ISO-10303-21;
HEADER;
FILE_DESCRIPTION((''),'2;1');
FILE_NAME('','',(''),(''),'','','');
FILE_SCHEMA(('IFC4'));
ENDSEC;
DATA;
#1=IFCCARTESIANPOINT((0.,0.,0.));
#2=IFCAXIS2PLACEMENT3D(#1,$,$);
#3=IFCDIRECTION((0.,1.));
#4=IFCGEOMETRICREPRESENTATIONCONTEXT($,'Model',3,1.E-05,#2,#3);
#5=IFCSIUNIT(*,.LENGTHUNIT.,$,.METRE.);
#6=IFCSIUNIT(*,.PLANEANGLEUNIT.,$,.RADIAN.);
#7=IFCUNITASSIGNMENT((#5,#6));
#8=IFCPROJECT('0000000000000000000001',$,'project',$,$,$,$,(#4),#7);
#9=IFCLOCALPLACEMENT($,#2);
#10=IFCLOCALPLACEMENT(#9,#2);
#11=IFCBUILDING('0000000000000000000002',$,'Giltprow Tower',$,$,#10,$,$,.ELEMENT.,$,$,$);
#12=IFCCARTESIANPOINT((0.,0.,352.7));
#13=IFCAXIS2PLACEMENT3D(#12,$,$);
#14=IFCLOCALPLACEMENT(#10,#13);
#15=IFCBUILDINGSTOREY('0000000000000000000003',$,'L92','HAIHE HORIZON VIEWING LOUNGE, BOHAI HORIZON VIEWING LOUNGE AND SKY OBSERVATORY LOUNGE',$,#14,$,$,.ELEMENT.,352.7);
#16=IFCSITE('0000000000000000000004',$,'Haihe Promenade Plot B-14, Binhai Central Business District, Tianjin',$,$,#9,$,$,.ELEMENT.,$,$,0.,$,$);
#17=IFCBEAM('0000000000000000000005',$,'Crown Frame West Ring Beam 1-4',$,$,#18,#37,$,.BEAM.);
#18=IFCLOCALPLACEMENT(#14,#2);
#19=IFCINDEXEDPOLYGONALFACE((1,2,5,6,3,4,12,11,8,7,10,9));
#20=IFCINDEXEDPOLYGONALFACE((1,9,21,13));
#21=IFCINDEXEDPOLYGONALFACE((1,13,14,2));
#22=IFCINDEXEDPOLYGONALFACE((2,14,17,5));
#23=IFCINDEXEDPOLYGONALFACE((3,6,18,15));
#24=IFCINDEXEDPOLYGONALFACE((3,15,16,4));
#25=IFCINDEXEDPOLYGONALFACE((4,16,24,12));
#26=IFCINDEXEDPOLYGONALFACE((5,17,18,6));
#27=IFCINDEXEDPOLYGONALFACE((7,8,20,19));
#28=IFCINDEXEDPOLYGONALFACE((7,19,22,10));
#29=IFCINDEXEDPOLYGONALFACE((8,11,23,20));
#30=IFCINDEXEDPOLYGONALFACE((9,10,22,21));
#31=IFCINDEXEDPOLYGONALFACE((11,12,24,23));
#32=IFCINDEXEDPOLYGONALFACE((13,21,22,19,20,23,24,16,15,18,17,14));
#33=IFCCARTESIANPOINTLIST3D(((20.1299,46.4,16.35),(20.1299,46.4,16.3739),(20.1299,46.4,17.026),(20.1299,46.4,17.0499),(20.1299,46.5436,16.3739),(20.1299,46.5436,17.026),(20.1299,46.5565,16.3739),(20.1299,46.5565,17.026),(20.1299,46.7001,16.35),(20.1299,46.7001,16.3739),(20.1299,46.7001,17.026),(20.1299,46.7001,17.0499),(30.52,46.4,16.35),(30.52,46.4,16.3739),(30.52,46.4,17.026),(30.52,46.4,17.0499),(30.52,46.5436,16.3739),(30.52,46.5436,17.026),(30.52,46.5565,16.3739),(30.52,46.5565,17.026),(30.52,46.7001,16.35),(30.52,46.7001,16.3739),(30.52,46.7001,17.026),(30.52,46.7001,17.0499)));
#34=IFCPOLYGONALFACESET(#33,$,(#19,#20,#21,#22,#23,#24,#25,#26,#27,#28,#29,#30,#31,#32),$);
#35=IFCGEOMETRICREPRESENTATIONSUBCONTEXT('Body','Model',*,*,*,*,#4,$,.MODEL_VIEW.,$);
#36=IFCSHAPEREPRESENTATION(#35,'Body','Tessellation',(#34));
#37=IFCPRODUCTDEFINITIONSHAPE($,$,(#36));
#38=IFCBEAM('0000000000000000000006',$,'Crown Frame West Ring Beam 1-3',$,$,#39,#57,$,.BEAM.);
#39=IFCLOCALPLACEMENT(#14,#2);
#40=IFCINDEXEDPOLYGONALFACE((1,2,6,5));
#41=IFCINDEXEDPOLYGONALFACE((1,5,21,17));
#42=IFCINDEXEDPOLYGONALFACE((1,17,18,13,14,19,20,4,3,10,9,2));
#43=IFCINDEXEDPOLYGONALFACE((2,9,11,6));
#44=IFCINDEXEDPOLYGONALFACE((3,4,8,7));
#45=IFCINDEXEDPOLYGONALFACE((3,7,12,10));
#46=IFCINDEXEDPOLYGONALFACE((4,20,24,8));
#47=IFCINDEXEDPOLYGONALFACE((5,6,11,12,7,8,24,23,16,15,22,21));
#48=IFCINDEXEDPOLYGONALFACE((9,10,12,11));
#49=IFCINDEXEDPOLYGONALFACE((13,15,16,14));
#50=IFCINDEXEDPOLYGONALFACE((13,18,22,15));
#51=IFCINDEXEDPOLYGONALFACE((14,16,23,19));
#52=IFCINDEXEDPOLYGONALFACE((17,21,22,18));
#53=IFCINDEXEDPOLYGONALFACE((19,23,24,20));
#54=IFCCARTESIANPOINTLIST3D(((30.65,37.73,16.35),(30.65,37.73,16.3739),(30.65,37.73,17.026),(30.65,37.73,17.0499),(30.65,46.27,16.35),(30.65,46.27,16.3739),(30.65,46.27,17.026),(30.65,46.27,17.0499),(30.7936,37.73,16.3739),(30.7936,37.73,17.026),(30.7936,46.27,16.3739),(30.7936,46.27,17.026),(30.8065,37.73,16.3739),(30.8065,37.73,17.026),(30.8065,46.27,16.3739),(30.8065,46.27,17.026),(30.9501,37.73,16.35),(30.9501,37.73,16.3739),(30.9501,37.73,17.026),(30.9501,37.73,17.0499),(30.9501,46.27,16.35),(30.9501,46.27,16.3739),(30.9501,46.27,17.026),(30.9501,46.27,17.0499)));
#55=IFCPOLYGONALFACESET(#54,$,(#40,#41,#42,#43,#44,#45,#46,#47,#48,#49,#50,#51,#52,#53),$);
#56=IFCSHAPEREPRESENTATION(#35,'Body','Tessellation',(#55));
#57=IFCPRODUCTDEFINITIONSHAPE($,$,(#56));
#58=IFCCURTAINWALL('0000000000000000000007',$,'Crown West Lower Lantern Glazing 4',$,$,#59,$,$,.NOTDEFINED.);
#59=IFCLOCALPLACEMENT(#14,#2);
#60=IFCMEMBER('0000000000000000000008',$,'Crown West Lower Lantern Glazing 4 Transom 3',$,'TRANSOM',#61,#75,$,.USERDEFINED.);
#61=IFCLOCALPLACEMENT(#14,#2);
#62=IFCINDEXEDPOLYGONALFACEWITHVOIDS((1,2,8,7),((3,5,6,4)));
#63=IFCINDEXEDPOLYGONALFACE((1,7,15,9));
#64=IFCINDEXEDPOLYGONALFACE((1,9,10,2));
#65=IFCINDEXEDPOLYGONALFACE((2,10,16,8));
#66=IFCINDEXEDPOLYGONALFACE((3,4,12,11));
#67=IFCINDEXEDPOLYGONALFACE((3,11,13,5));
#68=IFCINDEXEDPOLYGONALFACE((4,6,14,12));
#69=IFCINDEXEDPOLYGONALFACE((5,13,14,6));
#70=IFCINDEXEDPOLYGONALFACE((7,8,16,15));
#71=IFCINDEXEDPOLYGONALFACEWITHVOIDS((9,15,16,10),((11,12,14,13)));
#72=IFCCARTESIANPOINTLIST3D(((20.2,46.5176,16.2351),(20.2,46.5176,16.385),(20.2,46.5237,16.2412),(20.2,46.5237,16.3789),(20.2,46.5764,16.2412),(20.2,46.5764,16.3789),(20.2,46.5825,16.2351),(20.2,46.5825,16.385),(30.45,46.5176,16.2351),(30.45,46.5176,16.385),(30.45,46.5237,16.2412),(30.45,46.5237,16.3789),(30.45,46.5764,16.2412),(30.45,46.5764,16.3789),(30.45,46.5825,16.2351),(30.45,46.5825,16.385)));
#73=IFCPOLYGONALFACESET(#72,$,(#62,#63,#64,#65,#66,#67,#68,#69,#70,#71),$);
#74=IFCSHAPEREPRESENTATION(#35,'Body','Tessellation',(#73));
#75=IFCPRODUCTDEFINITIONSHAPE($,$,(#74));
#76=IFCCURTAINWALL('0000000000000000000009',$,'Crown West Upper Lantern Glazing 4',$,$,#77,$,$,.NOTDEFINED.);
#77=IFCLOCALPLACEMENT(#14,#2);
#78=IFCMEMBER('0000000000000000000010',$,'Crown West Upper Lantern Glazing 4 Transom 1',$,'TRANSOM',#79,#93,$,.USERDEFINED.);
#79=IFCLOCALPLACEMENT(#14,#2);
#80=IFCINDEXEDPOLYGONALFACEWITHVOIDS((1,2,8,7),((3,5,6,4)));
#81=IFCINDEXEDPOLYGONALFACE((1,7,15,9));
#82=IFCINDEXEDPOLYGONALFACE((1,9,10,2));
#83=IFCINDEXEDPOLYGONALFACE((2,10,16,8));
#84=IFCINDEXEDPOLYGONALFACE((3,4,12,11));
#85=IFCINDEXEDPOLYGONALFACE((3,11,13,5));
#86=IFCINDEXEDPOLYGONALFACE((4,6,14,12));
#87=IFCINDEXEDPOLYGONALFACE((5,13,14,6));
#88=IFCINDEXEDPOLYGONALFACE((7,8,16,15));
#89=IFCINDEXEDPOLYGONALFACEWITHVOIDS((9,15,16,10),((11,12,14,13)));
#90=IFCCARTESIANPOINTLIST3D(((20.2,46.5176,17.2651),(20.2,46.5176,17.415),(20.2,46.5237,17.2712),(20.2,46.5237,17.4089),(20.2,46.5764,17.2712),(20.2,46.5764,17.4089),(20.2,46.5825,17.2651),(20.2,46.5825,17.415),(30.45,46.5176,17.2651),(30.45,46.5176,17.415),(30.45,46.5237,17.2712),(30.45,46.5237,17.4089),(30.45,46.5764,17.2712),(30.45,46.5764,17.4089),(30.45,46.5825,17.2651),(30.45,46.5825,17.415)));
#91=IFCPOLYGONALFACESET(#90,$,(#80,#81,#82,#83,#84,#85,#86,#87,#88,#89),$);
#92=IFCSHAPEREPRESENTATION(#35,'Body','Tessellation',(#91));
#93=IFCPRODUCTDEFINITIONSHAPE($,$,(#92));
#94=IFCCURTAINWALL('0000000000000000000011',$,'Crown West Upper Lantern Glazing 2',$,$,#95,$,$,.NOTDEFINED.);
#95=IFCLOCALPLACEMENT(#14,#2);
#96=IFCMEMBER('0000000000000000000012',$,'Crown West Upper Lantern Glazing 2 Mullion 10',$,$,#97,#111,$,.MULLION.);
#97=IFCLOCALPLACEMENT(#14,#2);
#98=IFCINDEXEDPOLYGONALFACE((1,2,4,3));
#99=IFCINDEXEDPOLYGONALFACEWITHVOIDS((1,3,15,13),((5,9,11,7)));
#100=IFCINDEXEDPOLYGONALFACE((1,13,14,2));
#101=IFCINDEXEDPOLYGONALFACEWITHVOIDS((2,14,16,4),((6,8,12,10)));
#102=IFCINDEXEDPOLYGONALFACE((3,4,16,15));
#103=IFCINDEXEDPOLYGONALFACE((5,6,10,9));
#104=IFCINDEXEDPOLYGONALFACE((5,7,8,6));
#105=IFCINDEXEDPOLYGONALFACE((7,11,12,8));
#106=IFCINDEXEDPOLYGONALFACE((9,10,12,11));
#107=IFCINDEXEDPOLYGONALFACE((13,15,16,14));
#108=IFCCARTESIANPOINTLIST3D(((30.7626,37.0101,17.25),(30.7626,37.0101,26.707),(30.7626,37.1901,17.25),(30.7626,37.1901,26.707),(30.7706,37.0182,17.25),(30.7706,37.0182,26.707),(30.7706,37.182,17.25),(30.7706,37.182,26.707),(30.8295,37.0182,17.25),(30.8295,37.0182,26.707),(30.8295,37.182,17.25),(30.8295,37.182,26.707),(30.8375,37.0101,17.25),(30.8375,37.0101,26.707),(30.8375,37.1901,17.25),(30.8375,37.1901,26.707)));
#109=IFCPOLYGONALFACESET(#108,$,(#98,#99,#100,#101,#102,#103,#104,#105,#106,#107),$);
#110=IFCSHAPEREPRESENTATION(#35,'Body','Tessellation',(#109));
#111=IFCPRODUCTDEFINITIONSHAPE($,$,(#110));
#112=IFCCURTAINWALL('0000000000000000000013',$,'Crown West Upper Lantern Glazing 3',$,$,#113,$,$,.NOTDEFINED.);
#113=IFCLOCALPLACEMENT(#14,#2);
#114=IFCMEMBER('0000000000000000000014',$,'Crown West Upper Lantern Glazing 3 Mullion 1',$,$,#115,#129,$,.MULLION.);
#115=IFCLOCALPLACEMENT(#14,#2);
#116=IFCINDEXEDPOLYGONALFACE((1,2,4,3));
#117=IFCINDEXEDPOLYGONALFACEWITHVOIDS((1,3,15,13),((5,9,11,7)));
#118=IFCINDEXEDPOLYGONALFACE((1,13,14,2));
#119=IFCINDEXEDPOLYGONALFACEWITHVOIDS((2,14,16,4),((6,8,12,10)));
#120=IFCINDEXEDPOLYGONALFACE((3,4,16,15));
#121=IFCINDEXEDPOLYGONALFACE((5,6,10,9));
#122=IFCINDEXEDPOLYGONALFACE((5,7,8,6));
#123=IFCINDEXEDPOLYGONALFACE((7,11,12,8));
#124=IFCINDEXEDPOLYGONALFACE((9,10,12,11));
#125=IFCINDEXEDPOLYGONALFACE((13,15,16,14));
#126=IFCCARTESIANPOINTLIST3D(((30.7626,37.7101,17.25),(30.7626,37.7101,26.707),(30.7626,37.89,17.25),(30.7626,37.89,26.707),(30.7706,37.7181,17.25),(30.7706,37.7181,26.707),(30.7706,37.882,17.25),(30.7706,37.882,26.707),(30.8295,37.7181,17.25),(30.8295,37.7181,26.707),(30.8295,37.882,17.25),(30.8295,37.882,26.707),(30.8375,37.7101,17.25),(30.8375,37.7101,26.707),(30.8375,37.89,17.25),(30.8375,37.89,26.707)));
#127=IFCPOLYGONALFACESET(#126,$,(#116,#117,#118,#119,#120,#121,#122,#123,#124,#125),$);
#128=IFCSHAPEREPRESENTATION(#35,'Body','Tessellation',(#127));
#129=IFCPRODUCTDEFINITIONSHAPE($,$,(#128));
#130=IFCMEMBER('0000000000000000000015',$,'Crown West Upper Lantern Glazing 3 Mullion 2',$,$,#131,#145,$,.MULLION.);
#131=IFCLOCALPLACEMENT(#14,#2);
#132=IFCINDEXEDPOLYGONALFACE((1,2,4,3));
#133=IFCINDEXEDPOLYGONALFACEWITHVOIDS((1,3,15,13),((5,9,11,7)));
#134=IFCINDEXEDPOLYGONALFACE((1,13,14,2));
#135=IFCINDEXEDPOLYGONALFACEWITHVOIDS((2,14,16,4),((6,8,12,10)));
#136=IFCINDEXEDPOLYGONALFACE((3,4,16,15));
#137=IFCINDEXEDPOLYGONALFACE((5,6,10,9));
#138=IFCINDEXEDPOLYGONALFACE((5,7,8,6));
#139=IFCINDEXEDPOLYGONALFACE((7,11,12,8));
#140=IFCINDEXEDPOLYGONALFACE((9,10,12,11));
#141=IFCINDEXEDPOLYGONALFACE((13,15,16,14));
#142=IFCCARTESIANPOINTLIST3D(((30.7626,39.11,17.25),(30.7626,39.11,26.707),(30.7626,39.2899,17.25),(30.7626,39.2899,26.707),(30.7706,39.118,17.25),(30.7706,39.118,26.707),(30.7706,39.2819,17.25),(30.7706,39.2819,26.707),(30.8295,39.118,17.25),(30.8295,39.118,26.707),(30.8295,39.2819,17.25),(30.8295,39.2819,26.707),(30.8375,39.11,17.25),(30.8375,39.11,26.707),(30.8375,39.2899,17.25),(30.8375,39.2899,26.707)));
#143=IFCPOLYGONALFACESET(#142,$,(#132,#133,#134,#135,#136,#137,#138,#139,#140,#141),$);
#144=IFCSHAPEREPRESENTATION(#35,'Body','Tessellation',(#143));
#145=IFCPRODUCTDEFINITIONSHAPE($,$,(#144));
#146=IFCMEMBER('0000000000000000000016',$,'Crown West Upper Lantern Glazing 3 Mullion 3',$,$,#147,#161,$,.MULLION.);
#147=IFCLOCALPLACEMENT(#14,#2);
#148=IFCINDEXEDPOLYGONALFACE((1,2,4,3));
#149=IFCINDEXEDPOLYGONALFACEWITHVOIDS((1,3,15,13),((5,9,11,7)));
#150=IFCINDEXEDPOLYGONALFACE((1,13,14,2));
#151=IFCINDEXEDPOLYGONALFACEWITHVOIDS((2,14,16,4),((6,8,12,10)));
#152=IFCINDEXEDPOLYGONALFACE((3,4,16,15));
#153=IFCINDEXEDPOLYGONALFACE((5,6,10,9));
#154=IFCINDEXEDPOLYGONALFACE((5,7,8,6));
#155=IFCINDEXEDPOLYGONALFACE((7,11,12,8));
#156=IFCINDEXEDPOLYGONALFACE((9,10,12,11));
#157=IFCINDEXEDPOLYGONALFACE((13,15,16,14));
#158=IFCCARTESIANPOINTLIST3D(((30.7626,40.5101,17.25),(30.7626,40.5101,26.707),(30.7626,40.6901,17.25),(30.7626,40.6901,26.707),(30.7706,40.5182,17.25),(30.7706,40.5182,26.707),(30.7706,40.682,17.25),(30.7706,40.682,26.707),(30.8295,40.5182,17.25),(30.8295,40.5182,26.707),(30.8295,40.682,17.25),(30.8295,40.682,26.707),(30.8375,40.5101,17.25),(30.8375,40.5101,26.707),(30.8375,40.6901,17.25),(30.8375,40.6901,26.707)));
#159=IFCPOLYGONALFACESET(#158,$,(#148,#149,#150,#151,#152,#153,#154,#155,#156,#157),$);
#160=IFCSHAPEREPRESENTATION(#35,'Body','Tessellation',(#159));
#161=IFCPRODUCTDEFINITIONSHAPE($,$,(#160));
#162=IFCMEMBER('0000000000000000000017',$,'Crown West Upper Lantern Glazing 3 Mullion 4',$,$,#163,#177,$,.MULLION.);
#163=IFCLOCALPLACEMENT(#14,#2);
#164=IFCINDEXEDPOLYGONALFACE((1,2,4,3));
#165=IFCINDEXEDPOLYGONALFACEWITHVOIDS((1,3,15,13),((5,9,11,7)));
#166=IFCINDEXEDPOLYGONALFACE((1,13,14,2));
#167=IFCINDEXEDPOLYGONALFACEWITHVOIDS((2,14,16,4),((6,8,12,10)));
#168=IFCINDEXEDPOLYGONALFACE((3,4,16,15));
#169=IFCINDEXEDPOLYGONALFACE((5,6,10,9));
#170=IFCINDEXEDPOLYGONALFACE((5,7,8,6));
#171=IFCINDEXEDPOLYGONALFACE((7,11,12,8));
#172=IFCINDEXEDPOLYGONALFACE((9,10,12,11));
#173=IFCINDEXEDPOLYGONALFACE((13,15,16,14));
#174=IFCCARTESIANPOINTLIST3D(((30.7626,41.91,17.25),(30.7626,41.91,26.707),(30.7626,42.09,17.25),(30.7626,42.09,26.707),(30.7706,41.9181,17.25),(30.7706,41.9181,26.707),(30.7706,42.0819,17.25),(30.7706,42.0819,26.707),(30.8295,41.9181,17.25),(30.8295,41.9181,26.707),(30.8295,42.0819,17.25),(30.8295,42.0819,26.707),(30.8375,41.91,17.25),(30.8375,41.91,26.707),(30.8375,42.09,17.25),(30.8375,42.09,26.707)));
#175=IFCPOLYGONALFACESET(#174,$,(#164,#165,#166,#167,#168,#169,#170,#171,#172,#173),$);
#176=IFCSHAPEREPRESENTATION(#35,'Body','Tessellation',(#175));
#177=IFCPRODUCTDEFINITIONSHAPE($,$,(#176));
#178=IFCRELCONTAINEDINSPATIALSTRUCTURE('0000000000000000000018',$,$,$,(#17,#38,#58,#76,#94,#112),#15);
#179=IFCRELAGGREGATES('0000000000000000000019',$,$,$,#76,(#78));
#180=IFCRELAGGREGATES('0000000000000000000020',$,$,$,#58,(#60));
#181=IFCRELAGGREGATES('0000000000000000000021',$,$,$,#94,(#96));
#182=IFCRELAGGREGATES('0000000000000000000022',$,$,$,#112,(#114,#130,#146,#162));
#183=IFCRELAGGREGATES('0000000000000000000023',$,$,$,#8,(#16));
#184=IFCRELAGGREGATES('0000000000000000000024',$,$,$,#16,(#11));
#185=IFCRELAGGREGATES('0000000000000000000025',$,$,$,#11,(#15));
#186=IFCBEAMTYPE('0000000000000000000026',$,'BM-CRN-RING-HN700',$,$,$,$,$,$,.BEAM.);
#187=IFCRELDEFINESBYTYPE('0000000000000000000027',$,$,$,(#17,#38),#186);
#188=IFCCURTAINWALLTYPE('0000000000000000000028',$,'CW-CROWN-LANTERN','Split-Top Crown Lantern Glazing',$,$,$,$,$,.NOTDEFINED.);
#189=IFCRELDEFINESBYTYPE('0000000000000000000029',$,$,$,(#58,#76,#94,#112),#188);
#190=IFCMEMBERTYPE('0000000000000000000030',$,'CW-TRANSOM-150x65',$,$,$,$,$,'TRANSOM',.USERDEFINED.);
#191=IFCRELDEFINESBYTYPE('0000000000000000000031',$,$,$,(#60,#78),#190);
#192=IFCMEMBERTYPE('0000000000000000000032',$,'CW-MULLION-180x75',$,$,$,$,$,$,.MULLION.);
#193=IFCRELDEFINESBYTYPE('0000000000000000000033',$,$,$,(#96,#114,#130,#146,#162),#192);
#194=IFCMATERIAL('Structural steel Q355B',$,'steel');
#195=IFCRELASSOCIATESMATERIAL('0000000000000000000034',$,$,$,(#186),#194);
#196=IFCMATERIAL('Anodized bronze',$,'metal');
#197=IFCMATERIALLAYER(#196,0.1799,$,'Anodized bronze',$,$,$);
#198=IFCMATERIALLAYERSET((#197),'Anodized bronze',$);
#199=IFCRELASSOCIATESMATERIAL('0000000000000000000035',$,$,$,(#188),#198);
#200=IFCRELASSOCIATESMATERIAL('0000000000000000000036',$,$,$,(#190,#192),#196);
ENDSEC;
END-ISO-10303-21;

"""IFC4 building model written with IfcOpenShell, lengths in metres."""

from ifc_helpers import new_model, si_unit, direction, frame, origin, origin_2d, place, context, subcontext, project, spatial, hollow_rectangle, i_section, extrude, source, transform, mapped, material, layer, layer_set, material_profile, profile_set, type_object, element, aggregate, save


model = new_model("IFC4")

# Units and contexts
model_context = context("Model", 3, precision=1e-05, world=origin(), true_north=direction((0.0, 1.0)))
body_context = subcontext(model_context, "Body", "Model", "MODEL_VIEW")
ifc_project = project(units=[si_unit("LENGTHUNIT", "METRE"), si_unit("PLANEANGLEUNIT", "RADIAN")], contexts=[model_context])

# Site, building, storey
site_placement = place(None, origin())
site = spatial("IfcSite", under=ifc_project, at=site_placement, Name="Haihe Promenade Plot B-14, Binhai Central Business District, Tianjin", CompositionType="ELEMENT", RefElevation=0.0)
building_placement = place(site_placement, origin())
building = spatial("IfcBuilding", under=site, at=building_placement, Name="Giltprow Tower", CompositionType="ELEMENT")
storey_placement = place(building_placement, frame((0.0, 0.0, 352.7)))
storey = spatial("IfcBuildingStorey", under=building, at=storey_placement, Name="L92", Description="HAIHE HORIZON VIEWING LOUNGE, BOHAI HORIZON VIEWING LOUNGE AND SKY OBSERVATORY LOUNGE", CompositionType="ELEMENT", Elevation=352.7)

# Beams
ifc_material_1 = material(Name="Structural steel Q355B", Category="steel")
ifc_material_profile_1 = material_profile(ifc_material_1, i_section(OverallWidth=0.3, OverallDepth=0.7, WebThickness=0.0129, FlangeThickness=0.0239, at=origin_2d()), Name="HN 700x300x13x24")
ifc_profile_set_1 = profile_set([ifc_material_profile_1], Name="Structural steel Q355B")
beam_type = type_object("IfcBeamType", Name="BM-CRN-RING-HN700", PredefinedType="BEAM", material=ifc_profile_set_1)
shared_shape_1 = source(origin(), body_context, "Body", "SweptSolid", [
    extrude(i_section(OverallWidth=0.3, OverallDepth=0.7, WebThickness=0.0129, FlangeThickness=0.0239, at=origin_2d()), origin(), (0.0, 0.0, 1.0), 10.3901),
])
beam_1_placement = place(storey_placement, frame((30.52, 46.55, 16.7), z_axis=(-1.0, 0.0, 0.0), x_axis=(0.0, -1.0, 0.0)))
element("IfcBeam", 1, at=beam_1_placement, inside=storey, type_object=beam_type, Name="Crown Frame West Ring Beam 1-4", PredefinedType="BEAM", context=body_context, shape_type="MappedRepresentation", body=[
    mapped(shared_shape_1, transform((0.0, 0.0, 0.0), x_axis=(1.0, 0.0, 0.0), y_axis=(0.0, 1.0, 0.0), z_axis=(0.0, 0.0, 1.0), scale=1.0)),
])
shared_shape_2 = source(origin(), body_context, "Body", "SweptSolid", [
    extrude(i_section(OverallWidth=0.3, OverallDepth=0.7, WebThickness=0.0129, FlangeThickness=0.0239, at=origin_2d()), origin(), (0.0, 0.0, 1.0), 8.54),
])
beam_2_placement = place(storey_placement, frame((30.8, 37.73, 16.7), z_axis=(0.0, 1.0, 0.0), x_axis=(-1.0, 0.0, 0.0)))
element("IfcBeam", 2, at=beam_2_placement, inside=storey, type_object=beam_type, Name="Crown Frame West Ring Beam 1-3", PredefinedType="BEAM", context=body_context, shape_type="MappedRepresentation", body=[
    mapped(shared_shape_2, transform((0.0, 0.0, 0.0), x_axis=(1.0, 0.0, 0.0), y_axis=(0.0, 1.0, 0.0), z_axis=(0.0, 0.0, 1.0), scale=1.0)),
])

# Curtain walls, members
ifc_material_2 = material(Name="Anodized bronze", Category="metal")
ifc_layer = layer(ifc_material_2, 0.1799, Name="Anodized bronze")
ifc_layer_set = layer_set([ifc_layer], Name="Anodized bronze")
curtain_wall_type = type_object("IfcCurtainWallType", Name="CW-CROWN-LANTERN", Description="Split-Top Crown Lantern Glazing", PredefinedType="NOTDEFINED", material=ifc_layer_set)
curtain_wall_1_placement = place(storey_placement, origin())
curtain_wall_1 = element("IfcCurtainWall", 3, at=curtain_wall_1_placement, inside=storey, type_object=curtain_wall_type, Name="Crown West Lower Lantern Glazing 4", PredefinedType="NOTDEFINED")
ifc_material_profile_2 = material_profile(ifc_material_2, hollow_rectangle(XDim=0.0649, YDim=0.1499, WallThickness=0.0061, at=origin_2d()), Name="RHS 150x65x6")
ifc_profile_set_2 = profile_set([ifc_material_profile_2], Name="Anodized bronze")
member_type_1 = type_object("IfcMemberType", Name="CW-TRANSOM-150x65", ElementType="TRANSOM", PredefinedType="USERDEFINED", material=ifc_profile_set_2)
shared_shape_3 = source(origin(), body_context, "Body", "SweptSolid", [
    extrude(hollow_rectangle(XDim=0.0649, YDim=0.1499, WallThickness=0.0061, at=origin_2d()), origin(), (0.0, 0.0, 1.0), 10.25),
])
member_1_placement = place(storey_placement, frame((30.45, 46.55, 16.3101), z_axis=(-1.0, 0.0, 0.0), x_axis=(0.0, -1.0, 0.0)))
member_1 = element("IfcMember", 4, at=member_1_placement, type_object=member_type_1, Name="Crown West Lower Lantern Glazing 4 Transom 3", ObjectType="TRANSOM", PredefinedType="USERDEFINED", context=body_context, shape_type="MappedRepresentation", body=[
    mapped(shared_shape_3, transform((0.0, 0.0, 0.0), x_axis=(1.0, 0.0, 0.0), y_axis=(0.0, 1.0, 0.0), z_axis=(0.0, 0.0, 1.0), scale=1.0)),
])
curtain_wall_2_placement = place(storey_placement, origin())
curtain_wall_2 = element("IfcCurtainWall", 5, at=curtain_wall_2_placement, inside=storey, type_object=curtain_wall_type, Name="Crown West Upper Lantern Glazing 4", PredefinedType="NOTDEFINED")
member_2_placement = place(storey_placement, frame((30.45, 46.55, 17.3401), z_axis=(-1.0, 0.0, 0.0), x_axis=(0.0, -1.0, 0.0)))
member_2 = element("IfcMember", 6, at=member_2_placement, type_object=member_type_1, Name="Crown West Upper Lantern Glazing 4 Transom 1", ObjectType="TRANSOM", PredefinedType="USERDEFINED", context=body_context, shape_type="MappedRepresentation", body=[
    mapped(shared_shape_3, transform((0.0, 0.0, 0.0), x_axis=(1.0, 0.0, 0.0), y_axis=(0.0, 1.0, 0.0), z_axis=(0.0, 0.0, 1.0), scale=1.0)),
])
curtain_wall_3_placement = place(storey_placement, origin())
curtain_wall_3 = element("IfcCurtainWall", 7, at=curtain_wall_3_placement, inside=storey, type_object=curtain_wall_type, Name="Crown West Upper Lantern Glazing 2", PredefinedType="NOTDEFINED")
ifc_material_profile_3 = material_profile(ifc_material_2, hollow_rectangle(XDim=0.075, YDim=0.1799, WallThickness=0.0081, at=origin_2d()), Name="RHS 180x75x8")
ifc_profile_set_3 = profile_set([ifc_material_profile_3], Name="Anodized bronze")
member_type_2 = type_object("IfcMemberType", Name="CW-MULLION-180x75", PredefinedType="MULLION", material=ifc_profile_set_3)
shared_shape_4 = source(origin(), body_context, "Body", "SweptSolid", [
    extrude(hollow_rectangle(XDim=0.075, YDim=0.1799, WallThickness=0.0081, at=origin_2d()), origin(), (0.0, 0.0, 1.0), 9.457),
])
member_3_placement = place(storey_placement, frame((30.8, 37.1001, 17.25), z_axis=(0.0, 0.0, 1.0), x_axis=(1.0, 0.0, 0.0)))
member_3 = element("IfcMember", 8, at=member_3_placement, type_object=member_type_2, Name="Crown West Upper Lantern Glazing 2 Mullion 10", PredefinedType="MULLION", context=body_context, shape_type="MappedRepresentation", body=[
    mapped(shared_shape_4, transform((0.0, 0.0, 0.0), x_axis=(1.0, 0.0, 0.0), y_axis=(0.0, 1.0, 0.0), z_axis=(0.0, 0.0, 1.0), scale=1.0)),
])

# Curtain wall, members
curtain_wall_4_placement = place(storey_placement, origin())
curtain_wall_4 = element("IfcCurtainWall", 9, at=curtain_wall_4_placement, inside=storey, type_object=curtain_wall_type, Name="Crown West Upper Lantern Glazing 3", PredefinedType="NOTDEFINED")
member_4_placement = place(storey_placement, frame((30.8, 37.8, 17.25), z_axis=(0.0, 0.0, 1.0), x_axis=(1.0, 0.0, 0.0)))
member_4 = element("IfcMember", 10, at=member_4_placement, type_object=member_type_2, Name="Crown West Upper Lantern Glazing 3 Mullion 1", PredefinedType="MULLION", context=body_context, shape_type="MappedRepresentation", body=[
    mapped(shared_shape_4, transform((0.0, 0.0, 0.0), x_axis=(1.0, 0.0, 0.0), y_axis=(0.0, 1.0, 0.0), z_axis=(0.0, 0.0, 1.0), scale=1.0)),
])
member_5_placement = place(storey_placement, frame((30.8, 39.2, 17.25), z_axis=(0.0, 0.0, 1.0), x_axis=(1.0, 0.0, 0.0)))
member_5 = element("IfcMember", 11, at=member_5_placement, type_object=member_type_2, Name="Crown West Upper Lantern Glazing 3 Mullion 2", PredefinedType="MULLION", context=body_context, shape_type="MappedRepresentation", body=[
    mapped(shared_shape_4, transform((0.0, 0.0, 0.0), x_axis=(1.0, 0.0, 0.0), y_axis=(0.0, 1.0, 0.0), z_axis=(0.0, 0.0, 1.0), scale=1.0)),
])
member_6_placement = place(storey_placement, frame((30.8, 40.6001, 17.25), z_axis=(0.0, 0.0, 1.0), x_axis=(1.0, 0.0, 0.0)))
member_6 = element("IfcMember", 12, at=member_6_placement, type_object=member_type_2, Name="Crown West Upper Lantern Glazing 3 Mullion 3", PredefinedType="MULLION", context=body_context, shape_type="MappedRepresentation", body=[
    mapped(shared_shape_4, transform((0.0, 0.0, 0.0), x_axis=(1.0, 0.0, 0.0), y_axis=(0.0, 1.0, 0.0), z_axis=(0.0, 0.0, 1.0), scale=1.0)),
])
member_7_placement = place(storey_placement, frame((30.8, 42.0, 17.25), z_axis=(0.0, 0.0, 1.0), x_axis=(1.0, 0.0, 0.0)))
member_7 = element("IfcMember", 13, at=member_7_placement, type_object=member_type_2, Name="Crown West Upper Lantern Glazing 3 Mullion 4", PredefinedType="MULLION", context=body_context, shape_type="MappedRepresentation", body=[
    mapped(shared_shape_4, transform((0.0, 0.0, 0.0), x_axis=(1.0, 0.0, 0.0), y_axis=(0.0, 1.0, 0.0), z_axis=(0.0, 0.0, 1.0), scale=1.0)),
])

aggregate(curtain_wall_2, [member_2])

aggregate(curtain_wall_1, [member_1])
aggregate(curtain_wall_3, [member_3])
aggregate(curtain_wall_4, [member_4, member_5, member_6, member_7])

save(model, "model.ifc")
